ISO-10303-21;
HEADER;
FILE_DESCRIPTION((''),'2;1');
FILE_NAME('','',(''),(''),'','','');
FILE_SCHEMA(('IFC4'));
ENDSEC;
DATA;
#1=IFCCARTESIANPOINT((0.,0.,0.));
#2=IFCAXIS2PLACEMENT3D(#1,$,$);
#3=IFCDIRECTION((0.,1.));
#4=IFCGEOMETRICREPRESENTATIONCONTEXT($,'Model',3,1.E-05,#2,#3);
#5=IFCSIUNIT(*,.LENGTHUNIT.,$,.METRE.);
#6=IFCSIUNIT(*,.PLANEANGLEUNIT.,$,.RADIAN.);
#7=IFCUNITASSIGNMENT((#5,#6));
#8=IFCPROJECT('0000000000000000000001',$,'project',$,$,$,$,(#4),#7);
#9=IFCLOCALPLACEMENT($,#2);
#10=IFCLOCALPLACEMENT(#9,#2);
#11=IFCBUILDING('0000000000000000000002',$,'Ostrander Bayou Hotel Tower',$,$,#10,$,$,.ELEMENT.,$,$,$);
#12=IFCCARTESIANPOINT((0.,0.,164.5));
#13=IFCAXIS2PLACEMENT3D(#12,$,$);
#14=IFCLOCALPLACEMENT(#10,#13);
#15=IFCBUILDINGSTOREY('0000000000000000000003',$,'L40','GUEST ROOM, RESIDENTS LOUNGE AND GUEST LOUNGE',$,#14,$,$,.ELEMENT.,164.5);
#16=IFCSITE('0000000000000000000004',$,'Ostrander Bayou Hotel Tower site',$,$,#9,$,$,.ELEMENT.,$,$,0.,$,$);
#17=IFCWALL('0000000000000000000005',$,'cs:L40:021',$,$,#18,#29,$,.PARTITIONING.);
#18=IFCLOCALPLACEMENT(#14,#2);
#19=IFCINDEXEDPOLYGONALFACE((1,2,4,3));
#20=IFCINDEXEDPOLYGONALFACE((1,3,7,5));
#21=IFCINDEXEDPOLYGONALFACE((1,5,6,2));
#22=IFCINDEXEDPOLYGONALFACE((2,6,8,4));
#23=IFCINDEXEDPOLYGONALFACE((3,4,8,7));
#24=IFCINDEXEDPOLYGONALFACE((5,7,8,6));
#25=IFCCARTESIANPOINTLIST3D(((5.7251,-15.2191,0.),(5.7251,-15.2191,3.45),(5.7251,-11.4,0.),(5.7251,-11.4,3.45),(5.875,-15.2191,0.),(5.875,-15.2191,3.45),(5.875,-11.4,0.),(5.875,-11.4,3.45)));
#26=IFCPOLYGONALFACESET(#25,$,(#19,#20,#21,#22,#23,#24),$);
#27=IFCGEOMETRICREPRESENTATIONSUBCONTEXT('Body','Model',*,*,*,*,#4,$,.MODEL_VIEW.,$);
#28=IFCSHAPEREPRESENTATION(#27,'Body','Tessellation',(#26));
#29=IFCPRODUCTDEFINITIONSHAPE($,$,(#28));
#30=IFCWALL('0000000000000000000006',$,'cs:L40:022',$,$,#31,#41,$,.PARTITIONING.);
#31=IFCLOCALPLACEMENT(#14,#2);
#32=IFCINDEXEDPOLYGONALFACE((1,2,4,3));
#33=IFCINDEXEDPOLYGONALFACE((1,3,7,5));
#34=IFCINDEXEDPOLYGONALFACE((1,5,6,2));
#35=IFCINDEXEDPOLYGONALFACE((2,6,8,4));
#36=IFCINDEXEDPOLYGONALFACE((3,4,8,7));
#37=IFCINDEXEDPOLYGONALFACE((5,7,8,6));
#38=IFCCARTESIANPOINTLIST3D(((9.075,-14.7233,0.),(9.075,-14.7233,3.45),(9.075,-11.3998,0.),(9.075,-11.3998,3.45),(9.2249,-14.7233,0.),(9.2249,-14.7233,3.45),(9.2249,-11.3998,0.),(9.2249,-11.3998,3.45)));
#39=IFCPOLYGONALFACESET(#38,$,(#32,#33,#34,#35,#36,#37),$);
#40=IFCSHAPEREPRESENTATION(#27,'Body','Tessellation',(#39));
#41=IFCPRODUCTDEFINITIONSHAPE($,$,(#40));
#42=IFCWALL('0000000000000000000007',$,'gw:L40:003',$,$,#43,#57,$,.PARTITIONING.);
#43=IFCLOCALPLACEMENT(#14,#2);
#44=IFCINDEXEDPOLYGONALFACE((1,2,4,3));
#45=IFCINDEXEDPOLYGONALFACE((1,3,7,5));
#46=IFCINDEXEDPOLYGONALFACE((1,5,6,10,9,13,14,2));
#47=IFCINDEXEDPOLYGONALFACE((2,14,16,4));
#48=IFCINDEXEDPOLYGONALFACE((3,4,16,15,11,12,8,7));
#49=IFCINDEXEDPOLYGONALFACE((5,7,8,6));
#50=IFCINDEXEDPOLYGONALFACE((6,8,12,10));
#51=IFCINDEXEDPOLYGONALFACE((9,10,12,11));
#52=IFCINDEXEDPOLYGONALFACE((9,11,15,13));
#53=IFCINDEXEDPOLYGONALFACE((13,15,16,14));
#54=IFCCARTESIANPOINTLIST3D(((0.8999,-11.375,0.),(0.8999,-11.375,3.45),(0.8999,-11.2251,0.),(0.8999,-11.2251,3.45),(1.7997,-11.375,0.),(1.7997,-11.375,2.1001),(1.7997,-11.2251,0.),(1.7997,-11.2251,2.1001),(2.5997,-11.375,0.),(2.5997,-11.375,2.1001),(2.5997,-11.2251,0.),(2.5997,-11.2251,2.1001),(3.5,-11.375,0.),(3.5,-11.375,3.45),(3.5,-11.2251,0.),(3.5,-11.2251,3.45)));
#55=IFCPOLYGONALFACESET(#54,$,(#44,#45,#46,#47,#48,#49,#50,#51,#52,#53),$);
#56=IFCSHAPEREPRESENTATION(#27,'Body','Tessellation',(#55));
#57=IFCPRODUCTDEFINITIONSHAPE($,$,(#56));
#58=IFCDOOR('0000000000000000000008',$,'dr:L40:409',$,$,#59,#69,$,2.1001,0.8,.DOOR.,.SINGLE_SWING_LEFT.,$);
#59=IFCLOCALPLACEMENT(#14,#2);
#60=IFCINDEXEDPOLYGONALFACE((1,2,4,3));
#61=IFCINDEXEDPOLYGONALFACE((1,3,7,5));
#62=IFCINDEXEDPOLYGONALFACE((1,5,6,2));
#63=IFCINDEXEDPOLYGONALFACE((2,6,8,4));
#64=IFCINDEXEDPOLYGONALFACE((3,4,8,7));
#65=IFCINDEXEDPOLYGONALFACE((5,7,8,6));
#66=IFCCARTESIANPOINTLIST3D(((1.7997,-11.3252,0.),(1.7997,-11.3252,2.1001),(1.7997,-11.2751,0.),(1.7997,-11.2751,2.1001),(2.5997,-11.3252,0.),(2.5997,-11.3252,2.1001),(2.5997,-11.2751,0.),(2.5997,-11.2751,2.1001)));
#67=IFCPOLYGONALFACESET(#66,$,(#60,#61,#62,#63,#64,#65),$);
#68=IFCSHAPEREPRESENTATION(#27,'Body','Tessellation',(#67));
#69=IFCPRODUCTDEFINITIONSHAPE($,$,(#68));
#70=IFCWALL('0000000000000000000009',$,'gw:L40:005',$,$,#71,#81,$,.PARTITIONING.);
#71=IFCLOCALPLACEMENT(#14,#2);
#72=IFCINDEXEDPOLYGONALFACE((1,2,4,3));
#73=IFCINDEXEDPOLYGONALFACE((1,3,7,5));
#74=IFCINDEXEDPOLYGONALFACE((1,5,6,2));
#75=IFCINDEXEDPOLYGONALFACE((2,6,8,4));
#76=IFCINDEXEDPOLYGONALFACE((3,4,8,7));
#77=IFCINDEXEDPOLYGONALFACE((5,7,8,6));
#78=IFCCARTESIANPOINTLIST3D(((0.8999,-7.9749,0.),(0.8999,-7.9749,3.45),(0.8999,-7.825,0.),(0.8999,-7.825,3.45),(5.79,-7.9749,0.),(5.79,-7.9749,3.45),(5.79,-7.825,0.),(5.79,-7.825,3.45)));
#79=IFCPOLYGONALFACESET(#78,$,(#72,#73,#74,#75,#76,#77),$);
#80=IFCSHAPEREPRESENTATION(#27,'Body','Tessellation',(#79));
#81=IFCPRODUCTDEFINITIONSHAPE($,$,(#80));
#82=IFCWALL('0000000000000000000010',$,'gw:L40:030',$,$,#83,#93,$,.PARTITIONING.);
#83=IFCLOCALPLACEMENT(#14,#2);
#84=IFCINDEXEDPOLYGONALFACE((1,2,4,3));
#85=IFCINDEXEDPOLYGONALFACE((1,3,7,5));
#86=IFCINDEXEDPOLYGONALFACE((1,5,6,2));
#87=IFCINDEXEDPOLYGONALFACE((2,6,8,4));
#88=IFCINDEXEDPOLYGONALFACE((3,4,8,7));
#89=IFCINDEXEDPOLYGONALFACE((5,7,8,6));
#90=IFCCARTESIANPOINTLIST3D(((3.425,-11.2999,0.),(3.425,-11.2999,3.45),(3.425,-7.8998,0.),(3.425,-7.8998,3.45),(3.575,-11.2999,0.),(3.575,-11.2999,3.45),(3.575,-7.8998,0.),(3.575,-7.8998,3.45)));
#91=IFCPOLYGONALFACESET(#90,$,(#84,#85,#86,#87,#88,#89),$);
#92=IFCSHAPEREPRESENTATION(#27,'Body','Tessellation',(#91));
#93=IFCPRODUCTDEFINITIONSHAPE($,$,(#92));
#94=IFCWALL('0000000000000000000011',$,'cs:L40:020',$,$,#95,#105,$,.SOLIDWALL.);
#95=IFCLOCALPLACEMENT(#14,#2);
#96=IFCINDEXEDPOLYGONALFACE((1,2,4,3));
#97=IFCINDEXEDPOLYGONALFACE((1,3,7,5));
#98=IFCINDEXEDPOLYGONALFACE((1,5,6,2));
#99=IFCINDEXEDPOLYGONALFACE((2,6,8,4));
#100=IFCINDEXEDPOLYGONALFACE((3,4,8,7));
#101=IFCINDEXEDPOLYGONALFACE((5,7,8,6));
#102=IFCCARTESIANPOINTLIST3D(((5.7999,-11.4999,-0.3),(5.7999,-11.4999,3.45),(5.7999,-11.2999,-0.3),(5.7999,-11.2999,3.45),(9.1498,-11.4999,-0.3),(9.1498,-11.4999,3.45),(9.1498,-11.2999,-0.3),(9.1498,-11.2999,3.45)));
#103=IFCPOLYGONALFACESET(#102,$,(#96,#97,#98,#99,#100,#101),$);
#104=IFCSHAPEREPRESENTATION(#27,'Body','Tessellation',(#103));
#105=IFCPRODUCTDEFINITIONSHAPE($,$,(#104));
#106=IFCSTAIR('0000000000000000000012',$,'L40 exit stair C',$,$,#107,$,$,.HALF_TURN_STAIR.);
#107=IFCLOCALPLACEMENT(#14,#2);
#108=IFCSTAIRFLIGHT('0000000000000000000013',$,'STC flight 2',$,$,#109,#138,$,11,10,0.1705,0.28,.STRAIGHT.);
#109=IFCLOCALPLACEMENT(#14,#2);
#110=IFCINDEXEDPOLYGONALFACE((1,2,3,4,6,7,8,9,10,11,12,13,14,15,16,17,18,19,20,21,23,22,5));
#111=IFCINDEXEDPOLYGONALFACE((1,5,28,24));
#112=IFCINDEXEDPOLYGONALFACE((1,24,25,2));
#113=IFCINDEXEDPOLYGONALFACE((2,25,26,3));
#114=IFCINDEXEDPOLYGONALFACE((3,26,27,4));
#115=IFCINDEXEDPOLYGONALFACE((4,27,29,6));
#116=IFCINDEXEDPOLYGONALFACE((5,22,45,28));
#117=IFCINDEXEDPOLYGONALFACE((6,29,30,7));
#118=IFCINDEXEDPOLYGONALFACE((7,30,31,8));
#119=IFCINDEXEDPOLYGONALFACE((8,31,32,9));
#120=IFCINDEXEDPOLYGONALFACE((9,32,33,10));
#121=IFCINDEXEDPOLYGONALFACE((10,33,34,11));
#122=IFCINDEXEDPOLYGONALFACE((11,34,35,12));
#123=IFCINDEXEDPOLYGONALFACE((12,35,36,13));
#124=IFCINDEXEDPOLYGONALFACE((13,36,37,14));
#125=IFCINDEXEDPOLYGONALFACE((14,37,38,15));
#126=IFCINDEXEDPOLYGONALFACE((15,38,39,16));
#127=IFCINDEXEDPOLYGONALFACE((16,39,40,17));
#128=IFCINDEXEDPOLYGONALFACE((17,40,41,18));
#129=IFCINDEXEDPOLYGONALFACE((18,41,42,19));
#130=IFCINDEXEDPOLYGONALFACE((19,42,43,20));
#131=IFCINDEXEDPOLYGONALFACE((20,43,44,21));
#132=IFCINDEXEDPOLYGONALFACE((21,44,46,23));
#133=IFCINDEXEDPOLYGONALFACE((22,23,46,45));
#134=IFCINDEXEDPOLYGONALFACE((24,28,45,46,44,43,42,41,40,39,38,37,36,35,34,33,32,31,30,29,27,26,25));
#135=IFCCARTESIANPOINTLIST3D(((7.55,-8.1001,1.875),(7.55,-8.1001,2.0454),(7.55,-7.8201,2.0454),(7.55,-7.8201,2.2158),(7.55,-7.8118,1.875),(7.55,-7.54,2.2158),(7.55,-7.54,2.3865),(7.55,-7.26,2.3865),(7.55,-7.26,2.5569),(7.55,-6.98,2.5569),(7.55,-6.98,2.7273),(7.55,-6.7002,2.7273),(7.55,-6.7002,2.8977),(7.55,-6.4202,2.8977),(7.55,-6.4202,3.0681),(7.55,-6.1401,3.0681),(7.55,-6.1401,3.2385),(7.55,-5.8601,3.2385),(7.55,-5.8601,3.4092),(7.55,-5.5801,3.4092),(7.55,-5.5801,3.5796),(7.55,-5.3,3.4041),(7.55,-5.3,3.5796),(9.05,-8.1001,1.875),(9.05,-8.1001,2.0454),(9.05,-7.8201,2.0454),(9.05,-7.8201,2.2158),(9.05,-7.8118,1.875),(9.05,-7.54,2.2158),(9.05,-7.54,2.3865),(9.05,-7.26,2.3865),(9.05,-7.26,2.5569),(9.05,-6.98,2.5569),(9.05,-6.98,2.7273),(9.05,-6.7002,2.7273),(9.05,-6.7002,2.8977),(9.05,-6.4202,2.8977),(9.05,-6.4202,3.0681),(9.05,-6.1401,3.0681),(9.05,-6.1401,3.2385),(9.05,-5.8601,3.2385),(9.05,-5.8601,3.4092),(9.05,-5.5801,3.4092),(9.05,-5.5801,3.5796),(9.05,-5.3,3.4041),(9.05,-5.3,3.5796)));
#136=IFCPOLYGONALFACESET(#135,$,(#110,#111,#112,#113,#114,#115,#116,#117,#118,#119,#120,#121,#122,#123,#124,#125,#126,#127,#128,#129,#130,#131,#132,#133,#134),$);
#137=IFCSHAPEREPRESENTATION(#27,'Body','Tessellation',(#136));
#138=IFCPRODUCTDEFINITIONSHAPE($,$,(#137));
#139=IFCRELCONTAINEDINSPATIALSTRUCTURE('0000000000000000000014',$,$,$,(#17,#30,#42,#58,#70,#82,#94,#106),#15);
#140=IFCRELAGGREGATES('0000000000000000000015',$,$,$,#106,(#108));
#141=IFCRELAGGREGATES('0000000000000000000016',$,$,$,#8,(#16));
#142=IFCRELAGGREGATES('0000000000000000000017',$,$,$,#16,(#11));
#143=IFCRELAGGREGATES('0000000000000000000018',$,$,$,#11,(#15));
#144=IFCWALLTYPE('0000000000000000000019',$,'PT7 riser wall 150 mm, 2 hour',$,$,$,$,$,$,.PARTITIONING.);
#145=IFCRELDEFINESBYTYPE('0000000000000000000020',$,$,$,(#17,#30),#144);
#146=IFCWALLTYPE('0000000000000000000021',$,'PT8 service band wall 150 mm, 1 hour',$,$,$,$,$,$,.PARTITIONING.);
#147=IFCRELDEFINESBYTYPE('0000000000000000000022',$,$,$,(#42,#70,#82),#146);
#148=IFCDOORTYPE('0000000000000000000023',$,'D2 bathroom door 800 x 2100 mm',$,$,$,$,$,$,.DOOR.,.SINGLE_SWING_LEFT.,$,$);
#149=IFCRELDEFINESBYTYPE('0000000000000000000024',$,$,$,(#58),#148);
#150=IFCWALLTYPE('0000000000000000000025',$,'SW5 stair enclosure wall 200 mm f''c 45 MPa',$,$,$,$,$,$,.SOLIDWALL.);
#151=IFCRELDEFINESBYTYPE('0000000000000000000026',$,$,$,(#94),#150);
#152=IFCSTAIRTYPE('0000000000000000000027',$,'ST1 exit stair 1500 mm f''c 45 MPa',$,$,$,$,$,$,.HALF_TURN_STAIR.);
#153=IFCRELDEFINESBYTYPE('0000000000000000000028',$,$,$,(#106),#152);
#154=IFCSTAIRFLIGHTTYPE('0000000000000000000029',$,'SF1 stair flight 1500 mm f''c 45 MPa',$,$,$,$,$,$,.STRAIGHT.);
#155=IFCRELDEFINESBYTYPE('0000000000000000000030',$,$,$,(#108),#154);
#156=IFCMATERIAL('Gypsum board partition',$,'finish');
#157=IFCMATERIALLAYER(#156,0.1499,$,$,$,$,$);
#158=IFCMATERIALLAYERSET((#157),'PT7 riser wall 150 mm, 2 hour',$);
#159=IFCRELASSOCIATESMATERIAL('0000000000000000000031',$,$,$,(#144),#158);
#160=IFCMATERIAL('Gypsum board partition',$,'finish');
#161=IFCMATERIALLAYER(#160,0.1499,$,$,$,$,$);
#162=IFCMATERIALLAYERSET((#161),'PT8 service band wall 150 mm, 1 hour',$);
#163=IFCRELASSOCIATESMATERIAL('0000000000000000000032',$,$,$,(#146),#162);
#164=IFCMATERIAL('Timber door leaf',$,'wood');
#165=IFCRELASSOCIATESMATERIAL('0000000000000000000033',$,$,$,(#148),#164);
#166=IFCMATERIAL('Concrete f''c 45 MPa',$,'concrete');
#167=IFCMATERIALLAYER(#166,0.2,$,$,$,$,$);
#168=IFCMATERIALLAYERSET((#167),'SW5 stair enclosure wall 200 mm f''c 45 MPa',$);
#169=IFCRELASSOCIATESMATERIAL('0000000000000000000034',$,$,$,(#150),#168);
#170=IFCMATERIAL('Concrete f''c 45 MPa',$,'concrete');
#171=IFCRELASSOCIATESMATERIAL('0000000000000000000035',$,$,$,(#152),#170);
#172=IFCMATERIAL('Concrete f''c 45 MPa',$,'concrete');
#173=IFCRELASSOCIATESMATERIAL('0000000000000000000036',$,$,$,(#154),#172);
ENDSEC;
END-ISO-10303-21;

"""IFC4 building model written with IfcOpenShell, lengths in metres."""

from ifc_helpers import new_model, si_unit, direction, frame, frame_2d, origin, place, context, subcontext, project, spatial, polyline, rectangle, outline, extrude, material, layer, layer_set, type_object, element, fill, aggregate, save


model = new_model("IFC4")

# Units and contexts
model_context = context("Model", 3, precision=1e-05, world=origin(), true_north=direction((0.0, 1.0)))
body_context = subcontext(model_context, "Body", "Model", "MODEL_VIEW")
ifc_project = project(units=[si_unit("LENGTHUNIT", "METRE"), si_unit("PLANEANGLEUNIT", "RADIAN")], contexts=[model_context])

# Site, building, storey
site_placement = place(None, origin())
site = spatial("IfcSite", under=ifc_project, at=site_placement, Name="Ostrander Bayou Hotel Tower site", CompositionType="ELEMENT", RefElevation=0.0)
building_placement = place(site_placement, origin())
building = spatial("IfcBuilding", under=site, at=building_placement, Name="Ostrander Bayou Hotel Tower", CompositionType="ELEMENT")
storey_placement = place(building_placement, frame((0.0, 0.0, 164.5)))
storey = spatial("IfcBuildingStorey", under=building, at=storey_placement, Name="L40", Description="GUEST ROOM, RESIDENTS LOUNGE AND GUEST LOUNGE", CompositionType="ELEMENT", Elevation=164.5)

# Walls
ifc_material_1 = material(Name="Gypsum board partition", Category="finish")
ifc_layer_1 = layer(ifc_material_1, 0.1499)
ifc_layer_set_1 = layer_set([ifc_layer_1], Name="PT7 riser wall 150 mm, 2 hour")
wall_type_1 = type_object("IfcWallType", Name="PT7 riser wall 150 mm, 2 hour", PredefinedType="PARTITIONING", material=ifc_layer_set_1)
wall_1_placement = place(storey_placement, frame((5.8, -11.3999, 0.0), z_axis=(0.0, 0.0, 1.0), x_axis=(0.0, -1.0, 0.0)))
element("IfcWall", 1, at=wall_1_placement, inside=storey, type_object=wall_type_1, Name="cs:L40:021", PredefinedType="PARTITIONING", context=body_context, shape_type="SweptSolid", body=[
    extrude(rectangle(XDim=3.8191, YDim=0.1499, at=frame_2d((1.9097, 0.0))), origin(), (0.0, 0.0, 1.0), 3.45),
])
wall_2_placement = place(storey_placement, frame((9.1499, -11.3999, 0.0), z_axis=(0.0, 0.0, 1.0), x_axis=(0.0, -1.0, 0.0)))
element("IfcWall", 2, at=wall_2_placement, inside=storey, type_object=wall_type_1, Name="cs:L40:022", PredefinedType="PARTITIONING", context=body_context, shape_type="SweptSolid", body=[
    extrude(rectangle(XDim=3.3235, YDim=0.1499, at=frame_2d((1.6616, 0.0))), origin(), (0.0, 0.0, 1.0), 3.45),
])

# Wall, opening, door
ifc_material_2 = material(Name="Gypsum board partition", Category="finish")
ifc_layer_2 = layer(ifc_material_2, 0.1499)
ifc_layer_set_2 = layer_set([ifc_layer_2], Name="PT8 service band wall 150 mm, 1 hour")
wall_type_2 = type_object("IfcWallType", Name="PT8 service band wall 150 mm, 1 hour", PredefinedType="PARTITIONING", material=ifc_layer_set_2)
wall_3_placement = place(storey_placement, frame((0.8999, -11.3, 0.0), z_axis=(0.0, 0.0, 1.0), x_axis=(1.0, 0.0, 0.0)))
wall_3 = element("IfcWall", 3, at=wall_3_placement, inside=storey, type_object=wall_type_2, Name="gw:L40:003", PredefinedType="PARTITIONING", context=body_context, shape_type="SweptSolid", body=[
    extrude(rectangle(XDim=2.6001, YDim=0.1499, at=frame_2d((1.3, 0.0))), origin(), (0.0, 0.0, 1.0), 3.45),
])
opening_1_placement = place(wall_3_placement, frame((0.8999, 0.0, 0.0)))
opening_1 = element("IfcOpeningElement", 4, at=opening_1_placement, cuts=wall_3, PredefinedType="OPENING", context=body_context, shape_type="SweptSolid", body=[
    extrude(rectangle(XDim=0.8, YDim=2.1001, at=frame_2d((0.3999, 1.05))), frame((0.0, 0.075, 0.0), z_axis=(0.0, -1.0, 0.0), x_axis=(1.0, 0.0, 0.0)), (0.0, 0.0, 1.0), 0.1499),
])
ifc_material_3 = material(Name="Timber door leaf", Category="wood")
door_type_1 = type_object("IfcDoorType", Name="D2 bathroom door 800 x 2100 mm", OperationType="SINGLE_SWING_LEFT", PredefinedType="DOOR", material=ifc_material_3)
door_1_placement = place(opening_1_placement, origin())
door_1 = element("IfcDoor", 5, at=door_1_placement, inside=storey, type_object=door_type_1, Name="dr:L40:409", OperationType="SINGLE_SWING_LEFT", OverallHeight=2.1001, OverallWidth=0.8, PredefinedType="DOOR", context=body_context, shape_type="SweptSolid", body=[
    extrude(rectangle(XDim=0.8, YDim=2.1001, at=frame_2d((0.3999, 1.05))), frame((0.0, 0.0249, 0.0), z_axis=(0.0, -1.0, 0.0), x_axis=(1.0, 0.0, 0.0)), (0.0, 0.0, 1.0), 0.05),
])
fill(opening_1, door_1)

# Walls
wall_4_placement = place(storey_placement, frame((0.8999, -7.8999, 0.0), z_axis=(0.0, 0.0, 1.0), x_axis=(1.0, 0.0, 0.0)))
element("IfcWall", 6, at=wall_4_placement, inside=storey, type_object=wall_type_2, Name="gw:L40:005", PredefinedType="PARTITIONING", context=body_context, shape_type="SweptSolid", body=[
    extrude(rectangle(XDim=4.8901, YDim=0.1499, at=frame_2d((2.4451, 0.0))), origin(), (0.0, 0.0, 1.0), 3.45),
])
wall_5_placement = place(storey_placement, frame((3.5, -11.3, 0.0), z_axis=(0.0, 0.0, 1.0), x_axis=(0.0, 1.0, 0.0)))
element("IfcWall", 7, at=wall_5_placement, inside=storey, type_object=wall_type_2, Name="gw:L40:030", PredefinedType="PARTITIONING", context=body_context, shape_type="SweptSolid", body=[
    extrude(rectangle(XDim=3.4001, YDim=0.1499, at=frame_2d((1.7002, 0.0))), origin(), (0.0, 0.0, 1.0), 3.45),
])
ifc_material_4 = material(Name="Concrete f'c 45 MPa", Category="concrete")
ifc_layer_3 = layer(ifc_material_4, 0.2)
ifc_layer_set_3 = layer_set([ifc_layer_3], Name="SW5 stair enclosure wall 200 mm f'c 45 MPa")
wall_type_3 = type_object("IfcWallType", Name="SW5 stair enclosure wall 200 mm f'c 45 MPa", PredefinedType="SOLIDWALL", material=ifc_layer_set_3)
wall_6_placement = place(storey_placement, frame((5.8, -11.3999, -0.3), z_axis=(0.0, 0.0, 1.0), x_axis=(1.0, 0.0, 0.0)))
element("IfcWall", 8, at=wall_6_placement, inside=storey, type_object=wall_type_3, Name="cs:L40:020", PredefinedType="SOLIDWALL", context=body_context, shape_type="SweptSolid", body=[
    extrude(rectangle(XDim=3.3499, YDim=0.2, at=frame_2d((1.6748, 0.0))), origin(), (0.0, 0.0, 1.0), 3.75),
])

# Stair, stair flight
ifc_material_5 = material(Name="Concrete f'c 45 MPa", Category="concrete")
stair_type = type_object("IfcStairType", Name="ST1 exit stair 1500 mm f'c 45 MPa", PredefinedType="HALF_TURN_STAIR", material=ifc_material_5)
stair_placement = place(storey_placement, origin())
stair = element("IfcStair", 9, at=stair_placement, inside=storey, type_object=stair_type, Name="L40 exit stair C", PredefinedType="HALF_TURN_STAIR")
ifc_material_6 = material(Name="Concrete f'c 45 MPa", Category="concrete")
stair_flight_type = type_object("IfcStairFlightType", Name="SF1 stair flight 1500 mm f'c 45 MPa", PredefinedType="STRAIGHT", material=ifc_material_6)
stair_flight_placement = place(storey_placement, frame((8.3, -8.1001, 1.875), z_axis=(0.0, 0.0, 1.0), x_axis=(0.0, 1.0, 0.0)))
stair_flight = element("IfcStairFlight", 10, at=stair_flight_placement, type_object=stair_flight_type, Name="STC flight 2", NumberOfRisers=11, NumberOfTreads=10, PredefinedType="STRAIGHT", RiserHeight=0.1705, TreadLength=0.28, context=body_context, shape_type="SweptSolid", body=[
    extrude(outline(polyline([(0.0, 0.0), (0.0, 0.1704), (0.28, 0.1704), (0.28, 0.3408), (0.5601, 0.3408), (0.5601, 0.5115), (0.8401, 0.5115), (0.8401, 0.6819), (1.1201, 0.6819), (1.1201, 0.8523), (1.3999, 0.8523), (1.3999, 1.0227), (1.6799, 1.0227), (1.6799, 1.1931), (1.96, 1.1931), (1.96, 1.3635), (2.24, 1.3635), (2.24, 1.5342), (2.52, 1.5342), (2.52, 1.7046), (2.8, 1.7046), (2.8, 1.875), (2.8, 1.5291), (0.2883, 0.0), (0.0, 0.0)])), frame((0.0, 0.75, 0.0), z_axis=(0.0, -1.0, 0.0), x_axis=(1.0, 0.0, 0.0)), (0.0, 0.0, 1.0), 1.5),
])
aggregate(stair, [stair_flight])

save(model, "model.ifc")
